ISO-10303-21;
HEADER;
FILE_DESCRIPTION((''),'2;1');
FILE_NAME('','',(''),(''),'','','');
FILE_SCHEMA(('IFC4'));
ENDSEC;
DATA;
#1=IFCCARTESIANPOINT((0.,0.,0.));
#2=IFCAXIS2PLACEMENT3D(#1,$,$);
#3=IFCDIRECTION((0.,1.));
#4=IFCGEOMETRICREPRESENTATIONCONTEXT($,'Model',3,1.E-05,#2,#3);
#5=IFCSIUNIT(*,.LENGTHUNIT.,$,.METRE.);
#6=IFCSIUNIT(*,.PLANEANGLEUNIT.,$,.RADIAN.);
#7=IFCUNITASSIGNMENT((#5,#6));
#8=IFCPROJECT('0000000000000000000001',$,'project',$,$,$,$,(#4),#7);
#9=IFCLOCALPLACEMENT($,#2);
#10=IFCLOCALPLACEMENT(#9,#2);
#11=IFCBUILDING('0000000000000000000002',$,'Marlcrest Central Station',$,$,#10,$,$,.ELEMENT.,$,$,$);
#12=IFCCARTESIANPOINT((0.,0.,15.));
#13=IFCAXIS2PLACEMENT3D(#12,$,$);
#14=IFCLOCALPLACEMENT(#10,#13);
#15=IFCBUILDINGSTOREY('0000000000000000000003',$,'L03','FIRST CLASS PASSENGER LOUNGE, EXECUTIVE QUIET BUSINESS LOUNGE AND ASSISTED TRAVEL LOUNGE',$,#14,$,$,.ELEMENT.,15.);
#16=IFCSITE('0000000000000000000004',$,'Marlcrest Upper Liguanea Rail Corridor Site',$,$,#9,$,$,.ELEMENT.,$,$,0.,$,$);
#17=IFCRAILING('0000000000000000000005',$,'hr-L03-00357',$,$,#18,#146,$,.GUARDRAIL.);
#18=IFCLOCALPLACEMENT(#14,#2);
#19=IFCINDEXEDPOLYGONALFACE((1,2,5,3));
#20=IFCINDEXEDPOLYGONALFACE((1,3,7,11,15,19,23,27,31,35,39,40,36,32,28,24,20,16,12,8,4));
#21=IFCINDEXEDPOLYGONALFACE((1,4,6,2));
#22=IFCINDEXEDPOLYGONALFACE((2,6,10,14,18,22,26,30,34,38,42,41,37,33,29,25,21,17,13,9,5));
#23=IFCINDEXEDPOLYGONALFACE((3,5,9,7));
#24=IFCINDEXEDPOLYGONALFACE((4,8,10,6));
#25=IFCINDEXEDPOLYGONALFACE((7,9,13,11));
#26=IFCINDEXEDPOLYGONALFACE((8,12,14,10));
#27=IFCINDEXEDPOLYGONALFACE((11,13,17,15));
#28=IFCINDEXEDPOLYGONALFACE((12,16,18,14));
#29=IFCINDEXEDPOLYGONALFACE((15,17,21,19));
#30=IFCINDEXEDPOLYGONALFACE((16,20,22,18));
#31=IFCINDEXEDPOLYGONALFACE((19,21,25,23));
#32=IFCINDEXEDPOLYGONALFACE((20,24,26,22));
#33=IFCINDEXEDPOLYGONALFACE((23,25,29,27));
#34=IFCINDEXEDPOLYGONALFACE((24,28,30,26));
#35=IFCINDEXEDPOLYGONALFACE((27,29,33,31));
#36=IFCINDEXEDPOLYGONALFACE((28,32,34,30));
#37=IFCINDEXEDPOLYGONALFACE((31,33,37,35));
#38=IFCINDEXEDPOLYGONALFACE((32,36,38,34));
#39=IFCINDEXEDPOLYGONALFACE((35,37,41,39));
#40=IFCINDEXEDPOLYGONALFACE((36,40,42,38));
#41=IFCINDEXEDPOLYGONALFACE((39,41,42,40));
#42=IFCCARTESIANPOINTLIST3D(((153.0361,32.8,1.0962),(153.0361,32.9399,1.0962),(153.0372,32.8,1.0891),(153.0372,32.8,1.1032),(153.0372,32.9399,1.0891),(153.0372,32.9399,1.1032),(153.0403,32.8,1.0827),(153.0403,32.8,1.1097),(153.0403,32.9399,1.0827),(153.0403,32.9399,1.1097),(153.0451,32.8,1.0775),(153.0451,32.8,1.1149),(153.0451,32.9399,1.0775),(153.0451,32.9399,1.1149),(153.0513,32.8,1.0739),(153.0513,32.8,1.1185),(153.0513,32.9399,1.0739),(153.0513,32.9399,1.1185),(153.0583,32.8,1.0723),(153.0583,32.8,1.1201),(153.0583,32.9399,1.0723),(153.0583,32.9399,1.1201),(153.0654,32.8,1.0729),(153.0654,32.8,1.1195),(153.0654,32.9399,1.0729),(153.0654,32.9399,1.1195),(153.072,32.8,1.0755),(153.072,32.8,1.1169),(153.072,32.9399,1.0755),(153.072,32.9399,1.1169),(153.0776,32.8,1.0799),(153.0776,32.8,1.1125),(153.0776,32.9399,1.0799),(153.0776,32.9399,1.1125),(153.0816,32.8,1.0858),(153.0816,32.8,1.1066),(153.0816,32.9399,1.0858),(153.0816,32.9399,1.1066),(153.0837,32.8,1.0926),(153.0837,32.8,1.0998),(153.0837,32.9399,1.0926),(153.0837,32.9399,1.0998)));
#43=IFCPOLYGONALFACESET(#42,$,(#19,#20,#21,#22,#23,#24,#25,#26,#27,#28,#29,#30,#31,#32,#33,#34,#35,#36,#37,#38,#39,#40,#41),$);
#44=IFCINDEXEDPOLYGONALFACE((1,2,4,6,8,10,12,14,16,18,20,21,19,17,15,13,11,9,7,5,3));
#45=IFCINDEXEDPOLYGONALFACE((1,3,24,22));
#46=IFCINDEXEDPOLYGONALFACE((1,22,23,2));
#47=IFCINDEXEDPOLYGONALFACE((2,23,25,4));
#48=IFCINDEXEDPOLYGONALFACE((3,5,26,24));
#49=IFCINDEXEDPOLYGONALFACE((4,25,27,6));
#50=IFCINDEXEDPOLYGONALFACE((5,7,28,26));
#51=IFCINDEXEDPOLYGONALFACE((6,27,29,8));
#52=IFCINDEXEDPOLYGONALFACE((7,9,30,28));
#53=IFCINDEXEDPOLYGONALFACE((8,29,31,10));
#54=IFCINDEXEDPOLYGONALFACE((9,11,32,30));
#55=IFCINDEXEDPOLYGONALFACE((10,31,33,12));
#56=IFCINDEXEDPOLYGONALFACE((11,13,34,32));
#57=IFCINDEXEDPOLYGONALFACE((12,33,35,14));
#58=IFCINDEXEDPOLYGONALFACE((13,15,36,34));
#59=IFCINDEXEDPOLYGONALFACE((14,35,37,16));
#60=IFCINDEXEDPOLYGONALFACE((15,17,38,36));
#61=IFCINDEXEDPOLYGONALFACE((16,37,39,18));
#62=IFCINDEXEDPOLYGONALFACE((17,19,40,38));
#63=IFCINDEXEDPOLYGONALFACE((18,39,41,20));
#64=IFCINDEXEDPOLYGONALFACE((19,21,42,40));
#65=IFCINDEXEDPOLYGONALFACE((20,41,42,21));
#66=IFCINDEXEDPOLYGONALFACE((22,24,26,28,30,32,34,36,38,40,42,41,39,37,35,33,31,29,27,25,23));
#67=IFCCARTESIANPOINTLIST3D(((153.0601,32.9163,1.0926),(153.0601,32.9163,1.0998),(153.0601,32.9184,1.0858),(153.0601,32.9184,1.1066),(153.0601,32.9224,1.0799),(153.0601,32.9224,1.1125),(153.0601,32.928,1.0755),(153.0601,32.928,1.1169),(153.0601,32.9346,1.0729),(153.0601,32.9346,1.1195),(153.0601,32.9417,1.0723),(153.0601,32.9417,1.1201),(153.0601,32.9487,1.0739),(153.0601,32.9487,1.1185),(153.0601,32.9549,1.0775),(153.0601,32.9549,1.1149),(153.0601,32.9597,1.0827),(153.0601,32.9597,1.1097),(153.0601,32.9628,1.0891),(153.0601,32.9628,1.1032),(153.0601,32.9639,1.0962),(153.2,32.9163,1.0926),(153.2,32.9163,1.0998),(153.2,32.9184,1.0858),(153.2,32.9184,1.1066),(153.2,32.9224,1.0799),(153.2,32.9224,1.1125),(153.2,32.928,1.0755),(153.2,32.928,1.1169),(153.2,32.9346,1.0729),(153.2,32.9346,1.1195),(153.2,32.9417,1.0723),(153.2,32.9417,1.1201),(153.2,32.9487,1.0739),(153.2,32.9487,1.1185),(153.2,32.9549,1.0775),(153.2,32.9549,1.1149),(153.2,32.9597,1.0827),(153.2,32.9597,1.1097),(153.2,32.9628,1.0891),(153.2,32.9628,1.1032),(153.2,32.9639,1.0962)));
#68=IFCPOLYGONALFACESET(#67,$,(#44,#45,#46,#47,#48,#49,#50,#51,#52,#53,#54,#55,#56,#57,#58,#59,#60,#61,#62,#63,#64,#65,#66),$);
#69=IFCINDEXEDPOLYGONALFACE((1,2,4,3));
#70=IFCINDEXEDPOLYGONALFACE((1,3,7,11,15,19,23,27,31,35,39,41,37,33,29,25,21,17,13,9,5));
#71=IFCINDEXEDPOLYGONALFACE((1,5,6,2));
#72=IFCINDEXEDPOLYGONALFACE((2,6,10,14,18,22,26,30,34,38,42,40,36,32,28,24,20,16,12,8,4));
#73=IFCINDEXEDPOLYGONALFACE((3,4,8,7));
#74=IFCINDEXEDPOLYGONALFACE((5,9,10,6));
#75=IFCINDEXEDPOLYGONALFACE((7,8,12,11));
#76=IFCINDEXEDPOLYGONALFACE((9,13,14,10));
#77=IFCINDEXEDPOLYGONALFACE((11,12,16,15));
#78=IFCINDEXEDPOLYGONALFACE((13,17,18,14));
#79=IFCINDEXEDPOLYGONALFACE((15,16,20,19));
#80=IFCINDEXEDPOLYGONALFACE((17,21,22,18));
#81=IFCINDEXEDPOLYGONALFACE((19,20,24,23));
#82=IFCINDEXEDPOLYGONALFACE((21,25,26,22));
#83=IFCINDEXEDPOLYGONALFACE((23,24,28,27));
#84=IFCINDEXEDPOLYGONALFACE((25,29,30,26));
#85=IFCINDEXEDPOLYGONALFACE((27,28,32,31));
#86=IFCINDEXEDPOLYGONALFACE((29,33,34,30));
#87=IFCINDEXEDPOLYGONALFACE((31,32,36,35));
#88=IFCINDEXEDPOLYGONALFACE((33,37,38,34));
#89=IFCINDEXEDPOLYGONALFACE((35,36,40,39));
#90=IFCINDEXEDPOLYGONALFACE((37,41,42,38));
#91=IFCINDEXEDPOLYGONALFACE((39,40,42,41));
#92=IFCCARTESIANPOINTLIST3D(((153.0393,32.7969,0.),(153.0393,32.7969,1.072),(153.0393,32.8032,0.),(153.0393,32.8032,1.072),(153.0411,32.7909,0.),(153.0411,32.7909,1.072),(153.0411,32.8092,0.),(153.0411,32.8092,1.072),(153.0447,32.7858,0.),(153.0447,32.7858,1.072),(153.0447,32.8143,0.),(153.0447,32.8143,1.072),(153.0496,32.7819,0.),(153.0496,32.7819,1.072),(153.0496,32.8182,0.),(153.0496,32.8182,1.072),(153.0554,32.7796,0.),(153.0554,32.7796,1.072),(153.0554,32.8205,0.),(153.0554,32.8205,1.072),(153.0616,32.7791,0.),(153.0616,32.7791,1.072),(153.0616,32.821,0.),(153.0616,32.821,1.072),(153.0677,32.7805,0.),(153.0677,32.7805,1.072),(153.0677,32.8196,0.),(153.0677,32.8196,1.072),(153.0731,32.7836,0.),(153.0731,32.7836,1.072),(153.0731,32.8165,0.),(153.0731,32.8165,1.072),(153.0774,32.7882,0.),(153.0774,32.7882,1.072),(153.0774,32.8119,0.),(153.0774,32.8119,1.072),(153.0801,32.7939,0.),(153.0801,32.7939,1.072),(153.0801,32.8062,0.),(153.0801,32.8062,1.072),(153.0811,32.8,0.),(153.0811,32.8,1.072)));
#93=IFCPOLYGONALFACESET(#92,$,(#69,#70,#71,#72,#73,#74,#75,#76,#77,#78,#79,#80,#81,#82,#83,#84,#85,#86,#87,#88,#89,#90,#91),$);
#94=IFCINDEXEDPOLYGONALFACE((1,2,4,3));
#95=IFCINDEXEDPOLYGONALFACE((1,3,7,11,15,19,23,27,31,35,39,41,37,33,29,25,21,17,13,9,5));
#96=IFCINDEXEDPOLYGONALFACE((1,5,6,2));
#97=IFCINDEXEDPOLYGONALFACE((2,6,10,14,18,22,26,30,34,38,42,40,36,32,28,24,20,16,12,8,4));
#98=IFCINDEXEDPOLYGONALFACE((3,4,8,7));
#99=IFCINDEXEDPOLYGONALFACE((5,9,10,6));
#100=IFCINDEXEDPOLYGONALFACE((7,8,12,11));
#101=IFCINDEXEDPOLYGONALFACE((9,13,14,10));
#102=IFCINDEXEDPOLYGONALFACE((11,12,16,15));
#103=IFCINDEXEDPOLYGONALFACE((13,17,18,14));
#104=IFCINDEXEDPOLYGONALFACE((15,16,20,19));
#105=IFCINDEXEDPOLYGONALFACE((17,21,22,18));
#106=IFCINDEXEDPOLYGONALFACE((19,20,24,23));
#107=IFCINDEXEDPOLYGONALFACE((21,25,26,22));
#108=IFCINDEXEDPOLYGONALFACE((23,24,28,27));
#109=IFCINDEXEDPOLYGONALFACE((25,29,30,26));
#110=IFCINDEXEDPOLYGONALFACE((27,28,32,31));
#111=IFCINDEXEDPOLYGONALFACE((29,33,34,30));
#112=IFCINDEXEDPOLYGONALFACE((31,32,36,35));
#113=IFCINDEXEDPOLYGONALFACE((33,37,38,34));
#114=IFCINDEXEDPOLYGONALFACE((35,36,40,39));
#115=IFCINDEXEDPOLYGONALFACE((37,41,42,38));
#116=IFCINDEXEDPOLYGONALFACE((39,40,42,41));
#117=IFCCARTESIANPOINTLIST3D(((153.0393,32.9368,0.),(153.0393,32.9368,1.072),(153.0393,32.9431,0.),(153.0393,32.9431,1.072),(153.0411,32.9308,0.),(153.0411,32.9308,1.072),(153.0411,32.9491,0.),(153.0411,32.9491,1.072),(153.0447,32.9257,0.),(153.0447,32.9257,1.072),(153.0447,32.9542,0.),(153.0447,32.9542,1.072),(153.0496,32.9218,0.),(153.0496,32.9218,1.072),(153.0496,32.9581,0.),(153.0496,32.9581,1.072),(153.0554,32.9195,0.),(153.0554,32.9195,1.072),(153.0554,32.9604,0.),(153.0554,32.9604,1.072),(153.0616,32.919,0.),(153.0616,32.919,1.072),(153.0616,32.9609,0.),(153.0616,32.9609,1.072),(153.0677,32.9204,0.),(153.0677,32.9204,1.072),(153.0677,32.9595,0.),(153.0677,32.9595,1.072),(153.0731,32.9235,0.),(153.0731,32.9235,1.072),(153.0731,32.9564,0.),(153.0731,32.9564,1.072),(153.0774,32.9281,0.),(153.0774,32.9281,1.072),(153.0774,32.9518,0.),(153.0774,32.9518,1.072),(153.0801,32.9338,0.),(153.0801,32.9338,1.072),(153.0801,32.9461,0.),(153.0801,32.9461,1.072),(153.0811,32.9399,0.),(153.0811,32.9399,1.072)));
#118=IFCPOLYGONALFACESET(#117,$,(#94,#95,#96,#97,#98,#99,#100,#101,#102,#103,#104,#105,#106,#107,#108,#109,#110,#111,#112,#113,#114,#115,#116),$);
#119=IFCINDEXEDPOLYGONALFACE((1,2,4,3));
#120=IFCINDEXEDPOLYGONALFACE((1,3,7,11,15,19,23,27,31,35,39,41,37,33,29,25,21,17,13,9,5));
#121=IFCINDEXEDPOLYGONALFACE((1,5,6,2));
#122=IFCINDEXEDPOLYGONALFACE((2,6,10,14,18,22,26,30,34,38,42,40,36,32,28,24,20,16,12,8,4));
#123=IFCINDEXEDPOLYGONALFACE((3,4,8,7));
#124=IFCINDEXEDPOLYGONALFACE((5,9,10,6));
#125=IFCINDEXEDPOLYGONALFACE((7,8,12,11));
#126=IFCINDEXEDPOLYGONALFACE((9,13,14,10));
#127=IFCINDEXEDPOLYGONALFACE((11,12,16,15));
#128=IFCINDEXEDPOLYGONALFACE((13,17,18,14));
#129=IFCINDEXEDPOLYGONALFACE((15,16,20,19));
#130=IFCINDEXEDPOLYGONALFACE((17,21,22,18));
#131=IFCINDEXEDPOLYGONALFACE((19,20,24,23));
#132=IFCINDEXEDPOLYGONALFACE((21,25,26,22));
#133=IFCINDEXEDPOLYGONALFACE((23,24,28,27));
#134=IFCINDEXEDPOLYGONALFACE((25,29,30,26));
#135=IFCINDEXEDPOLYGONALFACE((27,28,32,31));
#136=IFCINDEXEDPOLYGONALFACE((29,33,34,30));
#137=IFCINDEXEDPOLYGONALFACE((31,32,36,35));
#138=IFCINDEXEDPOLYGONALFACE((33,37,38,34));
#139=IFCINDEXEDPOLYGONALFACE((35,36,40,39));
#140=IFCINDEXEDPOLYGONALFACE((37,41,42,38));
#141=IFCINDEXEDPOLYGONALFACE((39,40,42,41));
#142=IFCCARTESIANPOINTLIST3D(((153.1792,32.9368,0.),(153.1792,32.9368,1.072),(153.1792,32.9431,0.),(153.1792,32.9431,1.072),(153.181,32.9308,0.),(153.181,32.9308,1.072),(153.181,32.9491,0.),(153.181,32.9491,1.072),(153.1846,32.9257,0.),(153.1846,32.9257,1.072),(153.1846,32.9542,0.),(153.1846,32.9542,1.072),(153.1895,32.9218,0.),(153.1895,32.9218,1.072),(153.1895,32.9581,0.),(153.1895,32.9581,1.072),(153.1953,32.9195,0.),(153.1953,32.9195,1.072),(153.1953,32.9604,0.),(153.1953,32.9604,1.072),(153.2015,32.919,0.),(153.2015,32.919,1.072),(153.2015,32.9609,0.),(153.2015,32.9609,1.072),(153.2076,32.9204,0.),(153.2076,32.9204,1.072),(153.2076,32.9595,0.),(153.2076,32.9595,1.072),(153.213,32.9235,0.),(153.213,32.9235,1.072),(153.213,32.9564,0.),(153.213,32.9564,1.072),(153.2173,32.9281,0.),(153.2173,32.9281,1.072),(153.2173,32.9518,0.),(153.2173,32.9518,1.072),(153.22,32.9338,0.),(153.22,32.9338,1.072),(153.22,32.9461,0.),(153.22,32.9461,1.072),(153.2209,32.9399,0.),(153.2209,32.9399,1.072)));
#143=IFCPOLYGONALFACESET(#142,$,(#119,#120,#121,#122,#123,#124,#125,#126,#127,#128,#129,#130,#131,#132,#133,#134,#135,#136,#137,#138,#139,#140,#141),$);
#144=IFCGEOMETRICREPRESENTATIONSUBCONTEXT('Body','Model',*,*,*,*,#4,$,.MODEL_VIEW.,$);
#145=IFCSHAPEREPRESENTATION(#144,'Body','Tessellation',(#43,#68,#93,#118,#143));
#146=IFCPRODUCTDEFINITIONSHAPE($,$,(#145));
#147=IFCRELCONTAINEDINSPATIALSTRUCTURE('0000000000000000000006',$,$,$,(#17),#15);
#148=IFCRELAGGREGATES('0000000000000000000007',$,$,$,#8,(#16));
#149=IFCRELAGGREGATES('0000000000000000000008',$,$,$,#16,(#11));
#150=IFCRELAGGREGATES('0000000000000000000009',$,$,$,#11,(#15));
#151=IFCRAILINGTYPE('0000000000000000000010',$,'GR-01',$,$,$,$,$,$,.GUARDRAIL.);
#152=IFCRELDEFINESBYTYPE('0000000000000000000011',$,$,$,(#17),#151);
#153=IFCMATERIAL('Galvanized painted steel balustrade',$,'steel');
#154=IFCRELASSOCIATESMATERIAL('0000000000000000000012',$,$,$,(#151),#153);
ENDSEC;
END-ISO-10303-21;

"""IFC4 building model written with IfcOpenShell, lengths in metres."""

from ifc_helpers import new_model, si_unit, direction, frame, origin, origin_2d, place, context, subcontext, project, spatial, circle, extrude, material, type_object, element, save


model = new_model("IFC4")

# Units and contexts
model_context = context("Model", 3, precision=1e-05, world=origin(), true_north=direction((0.0, 1.0)))
body_context = subcontext(model_context, "Body", "Model", "MODEL_VIEW")
ifc_project = project(units=[si_unit("LENGTHUNIT", "METRE"), si_unit("PLANEANGLEUNIT", "RADIAN")], contexts=[model_context])

# Site, building, storey
site_placement = place(None, origin())
site = spatial("IfcSite", under=ifc_project, at=site_placement, Name="Marlcrest Upper Liguanea Rail Corridor Site", CompositionType="ELEMENT", RefElevation=0.0)
building_placement = place(site_placement, origin())
building = spatial("IfcBuilding", under=site, at=building_placement, Name="Marlcrest Central Station", CompositionType="ELEMENT")
storey_placement = place(building_placement, frame((0.0, 0.0, 15.0)))
storey = spatial("IfcBuildingStorey", under=building, at=storey_placement, Name="L03", Description="FIRST CLASS PASSENGER LOUNGE, EXECUTIVE QUIET BUSINESS LOUNGE AND ASSISTED TRAVEL LOUNGE", CompositionType="ELEMENT", Elevation=15.0)

# Railing
ifc_material_1 = material(Name="Galvanized painted steel balustrade", Category="steel")
railing_type = type_object("IfcRailingType", Name="GR-01", PredefinedType="GUARDRAIL", material=ifc_material_1)
railing_1_placement = place(storey_placement, frame((153.0601, 32.8, 0.0)))
element("IfcRailing", 1, at=railing_1_placement, inside=storey, type_object=railing_type, Name="hr-L03-00357", PredefinedType="GUARDRAIL", context=body_context, shape_type="SweptSolid", body=[
    extrude(circle(Radius=0.0239, at=origin_2d()), frame((0.0, 0.0, 1.0962), z_axis=(0.0, 1.0, 0.0), x_axis=(-1.0, 0.0, 0.0)), (0.0, 0.0, 1.0), 0.1399),
    extrude(circle(Radius=0.0239, at=origin_2d()), frame((0.0, 0.1399, 1.0962), z_axis=(1.0, 0.0, 0.0), x_axis=(0.0, 1.0, 0.0)), (0.0, 0.0, 1.0), 0.1399),
    extrude(circle(Radius=0.021, at=origin_2d()), origin(), (0.0, 0.0, 1.0), 1.072),
    extrude(circle(Radius=0.021, at=origin_2d()), frame((0.0, 0.1399, 0.0)), (0.0, 0.0, 1.0), 1.072),
    extrude(circle(Radius=0.021, at=origin_2d()), frame((0.1399, 0.1399, 0.0)), (0.0, 0.0, 1.0), 1.072),
])

save(model, "model.ifc")
